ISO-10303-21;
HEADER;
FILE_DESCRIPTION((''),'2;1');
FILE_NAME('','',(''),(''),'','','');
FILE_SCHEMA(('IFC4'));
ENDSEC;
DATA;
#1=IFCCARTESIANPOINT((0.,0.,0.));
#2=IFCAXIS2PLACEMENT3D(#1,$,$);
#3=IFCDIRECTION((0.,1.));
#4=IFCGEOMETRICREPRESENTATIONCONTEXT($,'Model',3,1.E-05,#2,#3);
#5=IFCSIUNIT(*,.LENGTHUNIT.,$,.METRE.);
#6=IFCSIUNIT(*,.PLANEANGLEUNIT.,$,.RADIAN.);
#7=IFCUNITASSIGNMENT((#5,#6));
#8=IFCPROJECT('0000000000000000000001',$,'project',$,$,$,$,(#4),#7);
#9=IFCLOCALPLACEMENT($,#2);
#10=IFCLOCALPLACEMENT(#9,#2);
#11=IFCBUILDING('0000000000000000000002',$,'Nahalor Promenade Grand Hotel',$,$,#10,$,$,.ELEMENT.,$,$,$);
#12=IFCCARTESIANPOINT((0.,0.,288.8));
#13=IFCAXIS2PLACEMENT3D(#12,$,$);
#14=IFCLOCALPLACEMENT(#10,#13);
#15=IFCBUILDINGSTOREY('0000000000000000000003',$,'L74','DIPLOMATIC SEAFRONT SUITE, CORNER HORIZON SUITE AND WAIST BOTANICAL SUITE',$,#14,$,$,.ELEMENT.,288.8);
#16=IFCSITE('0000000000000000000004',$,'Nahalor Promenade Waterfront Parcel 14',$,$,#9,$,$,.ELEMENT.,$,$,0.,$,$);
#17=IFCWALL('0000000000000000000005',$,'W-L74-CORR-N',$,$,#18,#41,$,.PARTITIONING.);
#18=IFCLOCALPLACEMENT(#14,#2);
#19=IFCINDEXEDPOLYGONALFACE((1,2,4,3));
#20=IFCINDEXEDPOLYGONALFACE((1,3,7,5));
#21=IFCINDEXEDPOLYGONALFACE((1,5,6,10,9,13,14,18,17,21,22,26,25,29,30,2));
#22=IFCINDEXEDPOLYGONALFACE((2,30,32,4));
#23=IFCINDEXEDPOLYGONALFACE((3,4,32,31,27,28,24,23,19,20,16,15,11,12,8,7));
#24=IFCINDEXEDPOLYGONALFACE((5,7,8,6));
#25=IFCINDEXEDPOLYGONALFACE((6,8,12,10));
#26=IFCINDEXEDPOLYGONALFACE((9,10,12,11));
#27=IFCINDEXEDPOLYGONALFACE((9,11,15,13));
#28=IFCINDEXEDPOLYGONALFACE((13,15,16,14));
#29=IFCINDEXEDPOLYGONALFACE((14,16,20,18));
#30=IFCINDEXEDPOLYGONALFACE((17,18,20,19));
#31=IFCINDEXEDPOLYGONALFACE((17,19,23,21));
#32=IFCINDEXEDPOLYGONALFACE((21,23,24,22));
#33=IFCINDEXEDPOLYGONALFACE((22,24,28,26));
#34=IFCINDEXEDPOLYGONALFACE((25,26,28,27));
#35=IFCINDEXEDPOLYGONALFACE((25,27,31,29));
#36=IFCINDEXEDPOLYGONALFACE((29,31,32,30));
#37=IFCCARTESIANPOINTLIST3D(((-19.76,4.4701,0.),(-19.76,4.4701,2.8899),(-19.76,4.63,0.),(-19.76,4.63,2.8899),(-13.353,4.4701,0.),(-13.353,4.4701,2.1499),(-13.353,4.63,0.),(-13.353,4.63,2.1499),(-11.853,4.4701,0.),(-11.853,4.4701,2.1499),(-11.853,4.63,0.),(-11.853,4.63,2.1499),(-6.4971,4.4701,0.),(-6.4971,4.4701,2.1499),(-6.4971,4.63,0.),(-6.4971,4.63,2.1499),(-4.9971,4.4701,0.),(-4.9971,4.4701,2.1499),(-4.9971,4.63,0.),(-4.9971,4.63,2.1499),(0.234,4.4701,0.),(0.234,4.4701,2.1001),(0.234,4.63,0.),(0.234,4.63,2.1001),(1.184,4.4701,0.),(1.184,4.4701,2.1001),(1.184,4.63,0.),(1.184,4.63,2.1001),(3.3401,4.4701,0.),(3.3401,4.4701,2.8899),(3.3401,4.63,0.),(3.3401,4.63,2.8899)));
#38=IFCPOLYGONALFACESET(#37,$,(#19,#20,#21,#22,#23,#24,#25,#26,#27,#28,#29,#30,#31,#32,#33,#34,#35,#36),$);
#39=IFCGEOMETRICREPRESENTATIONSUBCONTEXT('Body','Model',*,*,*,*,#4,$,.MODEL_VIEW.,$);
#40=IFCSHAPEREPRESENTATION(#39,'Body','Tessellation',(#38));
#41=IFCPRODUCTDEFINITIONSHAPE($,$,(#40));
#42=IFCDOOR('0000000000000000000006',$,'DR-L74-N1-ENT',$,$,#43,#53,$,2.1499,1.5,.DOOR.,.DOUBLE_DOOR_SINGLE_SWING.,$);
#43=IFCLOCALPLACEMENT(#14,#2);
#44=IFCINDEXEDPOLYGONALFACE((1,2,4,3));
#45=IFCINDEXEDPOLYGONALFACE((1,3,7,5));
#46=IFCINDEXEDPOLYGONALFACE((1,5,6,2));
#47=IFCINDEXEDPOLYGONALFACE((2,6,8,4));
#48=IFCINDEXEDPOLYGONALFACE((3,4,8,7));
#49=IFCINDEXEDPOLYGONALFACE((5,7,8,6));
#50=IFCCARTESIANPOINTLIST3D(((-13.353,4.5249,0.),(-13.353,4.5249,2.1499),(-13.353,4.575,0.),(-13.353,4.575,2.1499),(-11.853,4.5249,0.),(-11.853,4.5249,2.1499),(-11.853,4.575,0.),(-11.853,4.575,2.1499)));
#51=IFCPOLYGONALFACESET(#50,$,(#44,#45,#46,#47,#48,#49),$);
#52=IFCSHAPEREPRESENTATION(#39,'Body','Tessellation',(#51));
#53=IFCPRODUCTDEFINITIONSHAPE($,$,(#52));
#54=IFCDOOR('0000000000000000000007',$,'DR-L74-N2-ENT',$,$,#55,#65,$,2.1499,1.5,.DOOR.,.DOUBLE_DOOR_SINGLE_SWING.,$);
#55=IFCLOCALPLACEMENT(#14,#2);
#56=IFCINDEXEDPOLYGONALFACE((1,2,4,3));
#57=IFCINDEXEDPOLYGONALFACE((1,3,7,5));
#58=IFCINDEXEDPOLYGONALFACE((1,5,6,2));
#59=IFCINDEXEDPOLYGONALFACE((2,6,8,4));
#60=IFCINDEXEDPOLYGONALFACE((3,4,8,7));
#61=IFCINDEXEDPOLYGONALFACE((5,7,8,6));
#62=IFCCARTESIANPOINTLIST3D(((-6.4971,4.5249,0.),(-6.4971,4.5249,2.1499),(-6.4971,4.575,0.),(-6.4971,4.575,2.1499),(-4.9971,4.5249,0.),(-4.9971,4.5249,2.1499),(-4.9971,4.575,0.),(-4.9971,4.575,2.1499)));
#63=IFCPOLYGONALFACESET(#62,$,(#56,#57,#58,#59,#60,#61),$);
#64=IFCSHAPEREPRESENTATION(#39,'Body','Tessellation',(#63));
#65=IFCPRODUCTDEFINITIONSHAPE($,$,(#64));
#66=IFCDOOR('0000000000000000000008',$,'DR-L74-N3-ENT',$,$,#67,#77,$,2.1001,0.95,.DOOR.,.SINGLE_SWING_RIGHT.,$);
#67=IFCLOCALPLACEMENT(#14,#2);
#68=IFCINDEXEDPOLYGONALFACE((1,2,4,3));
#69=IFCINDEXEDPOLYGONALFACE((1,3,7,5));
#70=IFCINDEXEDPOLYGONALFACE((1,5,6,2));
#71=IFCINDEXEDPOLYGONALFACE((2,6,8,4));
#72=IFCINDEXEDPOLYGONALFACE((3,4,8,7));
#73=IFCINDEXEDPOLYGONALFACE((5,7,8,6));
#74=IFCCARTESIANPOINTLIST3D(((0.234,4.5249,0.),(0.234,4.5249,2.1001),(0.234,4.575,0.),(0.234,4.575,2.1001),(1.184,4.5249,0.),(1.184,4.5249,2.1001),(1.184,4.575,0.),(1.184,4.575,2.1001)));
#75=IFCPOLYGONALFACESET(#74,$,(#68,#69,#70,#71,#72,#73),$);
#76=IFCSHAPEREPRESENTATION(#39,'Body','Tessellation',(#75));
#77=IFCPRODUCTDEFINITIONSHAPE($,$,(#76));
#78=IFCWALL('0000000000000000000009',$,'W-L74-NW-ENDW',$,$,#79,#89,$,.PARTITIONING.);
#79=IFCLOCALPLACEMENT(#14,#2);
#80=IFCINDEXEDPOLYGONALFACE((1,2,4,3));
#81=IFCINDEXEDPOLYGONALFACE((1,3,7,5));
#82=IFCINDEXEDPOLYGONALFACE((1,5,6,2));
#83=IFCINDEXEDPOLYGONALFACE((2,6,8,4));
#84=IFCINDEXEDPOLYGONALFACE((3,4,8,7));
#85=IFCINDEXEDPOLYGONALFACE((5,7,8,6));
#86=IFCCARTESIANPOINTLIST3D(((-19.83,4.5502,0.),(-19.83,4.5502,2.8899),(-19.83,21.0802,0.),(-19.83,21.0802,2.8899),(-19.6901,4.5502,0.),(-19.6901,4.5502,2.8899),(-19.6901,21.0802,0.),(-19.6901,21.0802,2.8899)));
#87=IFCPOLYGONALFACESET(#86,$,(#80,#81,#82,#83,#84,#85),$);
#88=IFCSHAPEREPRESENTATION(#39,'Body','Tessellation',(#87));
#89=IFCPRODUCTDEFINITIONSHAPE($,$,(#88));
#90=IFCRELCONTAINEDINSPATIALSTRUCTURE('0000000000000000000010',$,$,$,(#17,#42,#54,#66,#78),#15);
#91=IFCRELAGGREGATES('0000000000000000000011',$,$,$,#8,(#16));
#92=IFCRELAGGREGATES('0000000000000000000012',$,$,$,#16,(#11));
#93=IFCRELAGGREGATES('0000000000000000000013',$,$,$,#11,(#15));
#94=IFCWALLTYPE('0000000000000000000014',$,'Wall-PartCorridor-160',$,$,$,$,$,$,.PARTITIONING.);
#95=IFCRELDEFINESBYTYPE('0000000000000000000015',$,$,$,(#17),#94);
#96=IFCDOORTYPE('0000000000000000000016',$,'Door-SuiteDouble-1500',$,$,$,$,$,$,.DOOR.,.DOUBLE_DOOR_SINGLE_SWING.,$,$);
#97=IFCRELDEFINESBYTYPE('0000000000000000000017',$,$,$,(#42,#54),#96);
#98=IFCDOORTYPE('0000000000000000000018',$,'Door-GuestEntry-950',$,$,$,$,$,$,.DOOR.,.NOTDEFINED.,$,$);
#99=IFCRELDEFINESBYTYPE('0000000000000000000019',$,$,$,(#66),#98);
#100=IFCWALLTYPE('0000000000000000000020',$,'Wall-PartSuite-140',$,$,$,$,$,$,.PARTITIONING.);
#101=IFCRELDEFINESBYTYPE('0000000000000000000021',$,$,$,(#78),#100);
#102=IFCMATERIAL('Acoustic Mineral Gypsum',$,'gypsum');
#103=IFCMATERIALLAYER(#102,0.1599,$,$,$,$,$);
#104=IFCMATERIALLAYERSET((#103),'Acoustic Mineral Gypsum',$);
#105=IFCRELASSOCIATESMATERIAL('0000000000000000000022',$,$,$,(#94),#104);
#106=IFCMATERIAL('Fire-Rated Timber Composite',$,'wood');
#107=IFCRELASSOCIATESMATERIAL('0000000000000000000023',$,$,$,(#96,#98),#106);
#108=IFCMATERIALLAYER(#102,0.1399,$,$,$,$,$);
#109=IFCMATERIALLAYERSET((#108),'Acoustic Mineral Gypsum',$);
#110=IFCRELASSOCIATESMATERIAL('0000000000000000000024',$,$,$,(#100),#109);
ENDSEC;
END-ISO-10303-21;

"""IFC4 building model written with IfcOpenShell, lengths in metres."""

from ifc_helpers import new_model, si_unit, direction, frame, frame_2d, origin, place, context, subcontext, project, spatial, rectangle, extrude, source, transform, mapped, material, layer, layer_set, type_object, element, fill, save


model = new_model("IFC4")

# Units and contexts
model_context = context("Model", 3, precision=1e-05, world=origin(), true_north=direction((0.0, 1.0)))
body_context = subcontext(model_context, "Body", "Model", "MODEL_VIEW")
ifc_project = project(units=[si_unit("LENGTHUNIT", "METRE"), si_unit("PLANEANGLEUNIT", "RADIAN")], contexts=[model_context])

# Site, building, storey
site_placement = place(None, origin())
site = spatial("IfcSite", under=ifc_project, at=site_placement, Name="Nahalor Promenade Waterfront Parcel 14", CompositionType="ELEMENT", RefElevation=0.0)
building_placement = place(site_placement, origin())
building = spatial("IfcBuilding", under=site, at=building_placement, Name="Nahalor Promenade Grand Hotel", CompositionType="ELEMENT")
storey_placement = place(building_placement, frame((0.0, 0.0, 288.8)))
storey = spatial("IfcBuildingStorey", under=building, at=storey_placement, Name="L74", Description="DIPLOMATIC SEAFRONT SUITE, CORNER HORIZON SUITE AND WAIST BOTANICAL SUITE", CompositionType="ELEMENT", Elevation=288.8)

# Wall, openings, doors
ifc_material_1 = material(Name="Acoustic Mineral Gypsum", Category="gypsum")
ifc_layer_1 = layer(ifc_material_1, 0.1599)
ifc_layer_set_1 = layer_set([ifc_layer_1], Name="Acoustic Mineral Gypsum")
wall_type_1 = type_object("IfcWallType", Name="Wall-PartCorridor-160", PredefinedType="PARTITIONING", material=ifc_layer_set_1)
shared_shape_1 = source(origin(), body_context, "Body", "SweptSolid", [
    extrude(rectangle(XDim=23.1001, YDim=0.1599, at=frame_2d((11.55, 0.0))), origin(), (0.0, 0.0, 1.0), 2.8899),
])
wall_1_placement = place(storey_placement, frame((-19.76, 4.55, 0.0), z_axis=(0.0, 0.0, 1.0), x_axis=(1.0, 0.0, 0.0)))
wall_1 = element("IfcWall", 1, at=wall_1_placement, inside=storey, type_object=wall_type_1, Name="W-L74-CORR-N", PredefinedType="PARTITIONING", context=body_context, shape_type="MappedRepresentation", body=[
    mapped(shared_shape_1, transform((0.0, 0.0, 0.0), scale=1.0)),
])
opening_1_placement = place(wall_1_placement, frame((6.407, 0.0, 0.0)))
opening_1 = element("IfcOpeningElement", 2, at=opening_1_placement, cuts=wall_1, PredefinedType="OPENING", context=body_context, shape_type="SweptSolid", body=[
    extrude(rectangle(XDim=1.5, YDim=2.1499, at=frame_2d((0.75, 1.075))), frame((0.0, 0.0898, 0.0), z_axis=(0.0, -1.0, 0.0), x_axis=(1.0, 0.0, 0.0)), (0.0, 0.0, 1.0), 0.1799),
])
opening_2_placement = place(wall_1_placement, frame((13.2629, 0.0, 0.0)))
opening_2 = element("IfcOpeningElement", 3, at=opening_2_placement, cuts=wall_1, PredefinedType="OPENING", context=body_context, shape_type="SweptSolid", body=[
    extrude(rectangle(XDim=1.5, YDim=2.1499, at=frame_2d((0.75, 1.075))), frame((0.0, 0.0898, 0.0), z_axis=(0.0, -1.0, 0.0), x_axis=(1.0, 0.0, 0.0)), (0.0, 0.0, 1.0), 0.1799),
])
opening_3_placement = place(wall_1_placement, frame((19.9939, 0.0, 0.0)))
opening_3 = element("IfcOpeningElement", 4, at=opening_3_placement, cuts=wall_1, PredefinedType="OPENING", context=body_context, shape_type="SweptSolid", body=[
    extrude(rectangle(XDim=0.95, YDim=2.1001, at=frame_2d((0.4751, 1.05))), frame((0.0, 0.0898, 0.0), z_axis=(0.0, -1.0, 0.0), x_axis=(1.0, 0.0, 0.0)), (0.0, 0.0, 1.0), 0.1799),
])
ifc_material_2 = material(Name="Fire-Rated Timber Composite", Category="wood")
door_type_1 = type_object("IfcDoorType", Name="Door-SuiteDouble-1500", OperationType="DOUBLE_DOOR_SINGLE_SWING", PredefinedType="DOOR", material=ifc_material_2)
shared_shape_2 = source(origin(), body_context, "Body", "SweptSolid", [
    extrude(rectangle(XDim=1.5, YDim=2.1499, at=frame_2d((0.75, 1.075))), frame((0.0, 0.0249, 0.0), z_axis=(0.0, -1.0, 0.0), x_axis=(1.0, 0.0, 0.0)), (0.0, 0.0, 1.0), 0.05),
])
door_1_placement = place(opening_1_placement, origin())
door_1 = element("IfcDoor", 5, at=door_1_placement, inside=storey, type_object=door_type_1, Name="DR-L74-N1-ENT", OperationType="DOUBLE_DOOR_SINGLE_SWING", OverallHeight=2.1499, OverallWidth=1.5, PredefinedType="DOOR", context=body_context, shape_type="MappedRepresentation", body=[
    mapped(shared_shape_2, transform((0.0, 0.0, 0.0), scale=1.0)),
])
fill(opening_1, door_1)
door_2_placement = place(opening_2_placement, origin())
door_2 = element("IfcDoor", 6, at=door_2_placement, inside=storey, type_object=door_type_1, Name="DR-L74-N2-ENT", OperationType="DOUBLE_DOOR_SINGLE_SWING", OverallHeight=2.1499, OverallWidth=1.5, PredefinedType="DOOR", context=body_context, shape_type="MappedRepresentation", body=[
    mapped(shared_shape_2, transform((0.0, 0.0, 0.0), scale=1.0)),
])
fill(opening_2, door_2)
door_type_2 = type_object("IfcDoorType", Name="Door-GuestEntry-950", OperationType="NOTDEFINED", PredefinedType="DOOR", material=ifc_material_2)
shared_shape_3 = source(origin(), body_context, "Body", "SweptSolid", [
    extrude(rectangle(XDim=0.95, YDim=2.1001, at=frame_2d((0.4751, 1.05))), frame((0.0, 0.0249, 0.0), z_axis=(0.0, -1.0, 0.0), x_axis=(1.0, 0.0, 0.0)), (0.0, 0.0, 1.0), 0.05),
])
door_3_placement = place(opening_3_placement, origin())
door_3 = element("IfcDoor", 7, at=door_3_placement, inside=storey, type_object=door_type_2, Name="DR-L74-N3-ENT", OperationType="SINGLE_SWING_RIGHT", OverallHeight=2.1001, OverallWidth=0.95, PredefinedType="DOOR", context=body_context, shape_type="MappedRepresentation", body=[
    mapped(shared_shape_3, transform((0.0, 0.0, 0.0), scale=1.0)),
])
fill(opening_3, door_3)

# Wall
ifc_layer_2 = layer(ifc_material_1, 0.1399)
ifc_layer_set_2 = layer_set([ifc_layer_2], Name="Acoustic Mineral Gypsum")
wall_type_2 = type_object("IfcWallType", Name="Wall-PartSuite-140", PredefinedType="PARTITIONING", material=ifc_layer_set_2)
shared_shape_4 = source(origin(), body_context, "Body", "SweptSolid", [
    extrude(rectangle(XDim=16.53, YDim=0.1399, at=frame_2d((8.2651, 0.0))), origin(), (0.0, 0.0, 1.0), 2.8899),
])
wall_2_placement = place(storey_placement, frame((-19.76, 4.55, 0.0), z_axis=(0.0, 0.0, 1.0), x_axis=(0.0, 1.0, 0.0)))
element("IfcWall", 8, at=wall_2_placement, inside=storey, type_object=wall_type_2, Name="W-L74-NW-ENDW", PredefinedType="PARTITIONING", context=body_context, shape_type="MappedRepresentation", body=[
    mapped(shared_shape_4, transform((0.0, 0.0, 0.0), scale=1.0)),
])

save(model, "model.ifc")
